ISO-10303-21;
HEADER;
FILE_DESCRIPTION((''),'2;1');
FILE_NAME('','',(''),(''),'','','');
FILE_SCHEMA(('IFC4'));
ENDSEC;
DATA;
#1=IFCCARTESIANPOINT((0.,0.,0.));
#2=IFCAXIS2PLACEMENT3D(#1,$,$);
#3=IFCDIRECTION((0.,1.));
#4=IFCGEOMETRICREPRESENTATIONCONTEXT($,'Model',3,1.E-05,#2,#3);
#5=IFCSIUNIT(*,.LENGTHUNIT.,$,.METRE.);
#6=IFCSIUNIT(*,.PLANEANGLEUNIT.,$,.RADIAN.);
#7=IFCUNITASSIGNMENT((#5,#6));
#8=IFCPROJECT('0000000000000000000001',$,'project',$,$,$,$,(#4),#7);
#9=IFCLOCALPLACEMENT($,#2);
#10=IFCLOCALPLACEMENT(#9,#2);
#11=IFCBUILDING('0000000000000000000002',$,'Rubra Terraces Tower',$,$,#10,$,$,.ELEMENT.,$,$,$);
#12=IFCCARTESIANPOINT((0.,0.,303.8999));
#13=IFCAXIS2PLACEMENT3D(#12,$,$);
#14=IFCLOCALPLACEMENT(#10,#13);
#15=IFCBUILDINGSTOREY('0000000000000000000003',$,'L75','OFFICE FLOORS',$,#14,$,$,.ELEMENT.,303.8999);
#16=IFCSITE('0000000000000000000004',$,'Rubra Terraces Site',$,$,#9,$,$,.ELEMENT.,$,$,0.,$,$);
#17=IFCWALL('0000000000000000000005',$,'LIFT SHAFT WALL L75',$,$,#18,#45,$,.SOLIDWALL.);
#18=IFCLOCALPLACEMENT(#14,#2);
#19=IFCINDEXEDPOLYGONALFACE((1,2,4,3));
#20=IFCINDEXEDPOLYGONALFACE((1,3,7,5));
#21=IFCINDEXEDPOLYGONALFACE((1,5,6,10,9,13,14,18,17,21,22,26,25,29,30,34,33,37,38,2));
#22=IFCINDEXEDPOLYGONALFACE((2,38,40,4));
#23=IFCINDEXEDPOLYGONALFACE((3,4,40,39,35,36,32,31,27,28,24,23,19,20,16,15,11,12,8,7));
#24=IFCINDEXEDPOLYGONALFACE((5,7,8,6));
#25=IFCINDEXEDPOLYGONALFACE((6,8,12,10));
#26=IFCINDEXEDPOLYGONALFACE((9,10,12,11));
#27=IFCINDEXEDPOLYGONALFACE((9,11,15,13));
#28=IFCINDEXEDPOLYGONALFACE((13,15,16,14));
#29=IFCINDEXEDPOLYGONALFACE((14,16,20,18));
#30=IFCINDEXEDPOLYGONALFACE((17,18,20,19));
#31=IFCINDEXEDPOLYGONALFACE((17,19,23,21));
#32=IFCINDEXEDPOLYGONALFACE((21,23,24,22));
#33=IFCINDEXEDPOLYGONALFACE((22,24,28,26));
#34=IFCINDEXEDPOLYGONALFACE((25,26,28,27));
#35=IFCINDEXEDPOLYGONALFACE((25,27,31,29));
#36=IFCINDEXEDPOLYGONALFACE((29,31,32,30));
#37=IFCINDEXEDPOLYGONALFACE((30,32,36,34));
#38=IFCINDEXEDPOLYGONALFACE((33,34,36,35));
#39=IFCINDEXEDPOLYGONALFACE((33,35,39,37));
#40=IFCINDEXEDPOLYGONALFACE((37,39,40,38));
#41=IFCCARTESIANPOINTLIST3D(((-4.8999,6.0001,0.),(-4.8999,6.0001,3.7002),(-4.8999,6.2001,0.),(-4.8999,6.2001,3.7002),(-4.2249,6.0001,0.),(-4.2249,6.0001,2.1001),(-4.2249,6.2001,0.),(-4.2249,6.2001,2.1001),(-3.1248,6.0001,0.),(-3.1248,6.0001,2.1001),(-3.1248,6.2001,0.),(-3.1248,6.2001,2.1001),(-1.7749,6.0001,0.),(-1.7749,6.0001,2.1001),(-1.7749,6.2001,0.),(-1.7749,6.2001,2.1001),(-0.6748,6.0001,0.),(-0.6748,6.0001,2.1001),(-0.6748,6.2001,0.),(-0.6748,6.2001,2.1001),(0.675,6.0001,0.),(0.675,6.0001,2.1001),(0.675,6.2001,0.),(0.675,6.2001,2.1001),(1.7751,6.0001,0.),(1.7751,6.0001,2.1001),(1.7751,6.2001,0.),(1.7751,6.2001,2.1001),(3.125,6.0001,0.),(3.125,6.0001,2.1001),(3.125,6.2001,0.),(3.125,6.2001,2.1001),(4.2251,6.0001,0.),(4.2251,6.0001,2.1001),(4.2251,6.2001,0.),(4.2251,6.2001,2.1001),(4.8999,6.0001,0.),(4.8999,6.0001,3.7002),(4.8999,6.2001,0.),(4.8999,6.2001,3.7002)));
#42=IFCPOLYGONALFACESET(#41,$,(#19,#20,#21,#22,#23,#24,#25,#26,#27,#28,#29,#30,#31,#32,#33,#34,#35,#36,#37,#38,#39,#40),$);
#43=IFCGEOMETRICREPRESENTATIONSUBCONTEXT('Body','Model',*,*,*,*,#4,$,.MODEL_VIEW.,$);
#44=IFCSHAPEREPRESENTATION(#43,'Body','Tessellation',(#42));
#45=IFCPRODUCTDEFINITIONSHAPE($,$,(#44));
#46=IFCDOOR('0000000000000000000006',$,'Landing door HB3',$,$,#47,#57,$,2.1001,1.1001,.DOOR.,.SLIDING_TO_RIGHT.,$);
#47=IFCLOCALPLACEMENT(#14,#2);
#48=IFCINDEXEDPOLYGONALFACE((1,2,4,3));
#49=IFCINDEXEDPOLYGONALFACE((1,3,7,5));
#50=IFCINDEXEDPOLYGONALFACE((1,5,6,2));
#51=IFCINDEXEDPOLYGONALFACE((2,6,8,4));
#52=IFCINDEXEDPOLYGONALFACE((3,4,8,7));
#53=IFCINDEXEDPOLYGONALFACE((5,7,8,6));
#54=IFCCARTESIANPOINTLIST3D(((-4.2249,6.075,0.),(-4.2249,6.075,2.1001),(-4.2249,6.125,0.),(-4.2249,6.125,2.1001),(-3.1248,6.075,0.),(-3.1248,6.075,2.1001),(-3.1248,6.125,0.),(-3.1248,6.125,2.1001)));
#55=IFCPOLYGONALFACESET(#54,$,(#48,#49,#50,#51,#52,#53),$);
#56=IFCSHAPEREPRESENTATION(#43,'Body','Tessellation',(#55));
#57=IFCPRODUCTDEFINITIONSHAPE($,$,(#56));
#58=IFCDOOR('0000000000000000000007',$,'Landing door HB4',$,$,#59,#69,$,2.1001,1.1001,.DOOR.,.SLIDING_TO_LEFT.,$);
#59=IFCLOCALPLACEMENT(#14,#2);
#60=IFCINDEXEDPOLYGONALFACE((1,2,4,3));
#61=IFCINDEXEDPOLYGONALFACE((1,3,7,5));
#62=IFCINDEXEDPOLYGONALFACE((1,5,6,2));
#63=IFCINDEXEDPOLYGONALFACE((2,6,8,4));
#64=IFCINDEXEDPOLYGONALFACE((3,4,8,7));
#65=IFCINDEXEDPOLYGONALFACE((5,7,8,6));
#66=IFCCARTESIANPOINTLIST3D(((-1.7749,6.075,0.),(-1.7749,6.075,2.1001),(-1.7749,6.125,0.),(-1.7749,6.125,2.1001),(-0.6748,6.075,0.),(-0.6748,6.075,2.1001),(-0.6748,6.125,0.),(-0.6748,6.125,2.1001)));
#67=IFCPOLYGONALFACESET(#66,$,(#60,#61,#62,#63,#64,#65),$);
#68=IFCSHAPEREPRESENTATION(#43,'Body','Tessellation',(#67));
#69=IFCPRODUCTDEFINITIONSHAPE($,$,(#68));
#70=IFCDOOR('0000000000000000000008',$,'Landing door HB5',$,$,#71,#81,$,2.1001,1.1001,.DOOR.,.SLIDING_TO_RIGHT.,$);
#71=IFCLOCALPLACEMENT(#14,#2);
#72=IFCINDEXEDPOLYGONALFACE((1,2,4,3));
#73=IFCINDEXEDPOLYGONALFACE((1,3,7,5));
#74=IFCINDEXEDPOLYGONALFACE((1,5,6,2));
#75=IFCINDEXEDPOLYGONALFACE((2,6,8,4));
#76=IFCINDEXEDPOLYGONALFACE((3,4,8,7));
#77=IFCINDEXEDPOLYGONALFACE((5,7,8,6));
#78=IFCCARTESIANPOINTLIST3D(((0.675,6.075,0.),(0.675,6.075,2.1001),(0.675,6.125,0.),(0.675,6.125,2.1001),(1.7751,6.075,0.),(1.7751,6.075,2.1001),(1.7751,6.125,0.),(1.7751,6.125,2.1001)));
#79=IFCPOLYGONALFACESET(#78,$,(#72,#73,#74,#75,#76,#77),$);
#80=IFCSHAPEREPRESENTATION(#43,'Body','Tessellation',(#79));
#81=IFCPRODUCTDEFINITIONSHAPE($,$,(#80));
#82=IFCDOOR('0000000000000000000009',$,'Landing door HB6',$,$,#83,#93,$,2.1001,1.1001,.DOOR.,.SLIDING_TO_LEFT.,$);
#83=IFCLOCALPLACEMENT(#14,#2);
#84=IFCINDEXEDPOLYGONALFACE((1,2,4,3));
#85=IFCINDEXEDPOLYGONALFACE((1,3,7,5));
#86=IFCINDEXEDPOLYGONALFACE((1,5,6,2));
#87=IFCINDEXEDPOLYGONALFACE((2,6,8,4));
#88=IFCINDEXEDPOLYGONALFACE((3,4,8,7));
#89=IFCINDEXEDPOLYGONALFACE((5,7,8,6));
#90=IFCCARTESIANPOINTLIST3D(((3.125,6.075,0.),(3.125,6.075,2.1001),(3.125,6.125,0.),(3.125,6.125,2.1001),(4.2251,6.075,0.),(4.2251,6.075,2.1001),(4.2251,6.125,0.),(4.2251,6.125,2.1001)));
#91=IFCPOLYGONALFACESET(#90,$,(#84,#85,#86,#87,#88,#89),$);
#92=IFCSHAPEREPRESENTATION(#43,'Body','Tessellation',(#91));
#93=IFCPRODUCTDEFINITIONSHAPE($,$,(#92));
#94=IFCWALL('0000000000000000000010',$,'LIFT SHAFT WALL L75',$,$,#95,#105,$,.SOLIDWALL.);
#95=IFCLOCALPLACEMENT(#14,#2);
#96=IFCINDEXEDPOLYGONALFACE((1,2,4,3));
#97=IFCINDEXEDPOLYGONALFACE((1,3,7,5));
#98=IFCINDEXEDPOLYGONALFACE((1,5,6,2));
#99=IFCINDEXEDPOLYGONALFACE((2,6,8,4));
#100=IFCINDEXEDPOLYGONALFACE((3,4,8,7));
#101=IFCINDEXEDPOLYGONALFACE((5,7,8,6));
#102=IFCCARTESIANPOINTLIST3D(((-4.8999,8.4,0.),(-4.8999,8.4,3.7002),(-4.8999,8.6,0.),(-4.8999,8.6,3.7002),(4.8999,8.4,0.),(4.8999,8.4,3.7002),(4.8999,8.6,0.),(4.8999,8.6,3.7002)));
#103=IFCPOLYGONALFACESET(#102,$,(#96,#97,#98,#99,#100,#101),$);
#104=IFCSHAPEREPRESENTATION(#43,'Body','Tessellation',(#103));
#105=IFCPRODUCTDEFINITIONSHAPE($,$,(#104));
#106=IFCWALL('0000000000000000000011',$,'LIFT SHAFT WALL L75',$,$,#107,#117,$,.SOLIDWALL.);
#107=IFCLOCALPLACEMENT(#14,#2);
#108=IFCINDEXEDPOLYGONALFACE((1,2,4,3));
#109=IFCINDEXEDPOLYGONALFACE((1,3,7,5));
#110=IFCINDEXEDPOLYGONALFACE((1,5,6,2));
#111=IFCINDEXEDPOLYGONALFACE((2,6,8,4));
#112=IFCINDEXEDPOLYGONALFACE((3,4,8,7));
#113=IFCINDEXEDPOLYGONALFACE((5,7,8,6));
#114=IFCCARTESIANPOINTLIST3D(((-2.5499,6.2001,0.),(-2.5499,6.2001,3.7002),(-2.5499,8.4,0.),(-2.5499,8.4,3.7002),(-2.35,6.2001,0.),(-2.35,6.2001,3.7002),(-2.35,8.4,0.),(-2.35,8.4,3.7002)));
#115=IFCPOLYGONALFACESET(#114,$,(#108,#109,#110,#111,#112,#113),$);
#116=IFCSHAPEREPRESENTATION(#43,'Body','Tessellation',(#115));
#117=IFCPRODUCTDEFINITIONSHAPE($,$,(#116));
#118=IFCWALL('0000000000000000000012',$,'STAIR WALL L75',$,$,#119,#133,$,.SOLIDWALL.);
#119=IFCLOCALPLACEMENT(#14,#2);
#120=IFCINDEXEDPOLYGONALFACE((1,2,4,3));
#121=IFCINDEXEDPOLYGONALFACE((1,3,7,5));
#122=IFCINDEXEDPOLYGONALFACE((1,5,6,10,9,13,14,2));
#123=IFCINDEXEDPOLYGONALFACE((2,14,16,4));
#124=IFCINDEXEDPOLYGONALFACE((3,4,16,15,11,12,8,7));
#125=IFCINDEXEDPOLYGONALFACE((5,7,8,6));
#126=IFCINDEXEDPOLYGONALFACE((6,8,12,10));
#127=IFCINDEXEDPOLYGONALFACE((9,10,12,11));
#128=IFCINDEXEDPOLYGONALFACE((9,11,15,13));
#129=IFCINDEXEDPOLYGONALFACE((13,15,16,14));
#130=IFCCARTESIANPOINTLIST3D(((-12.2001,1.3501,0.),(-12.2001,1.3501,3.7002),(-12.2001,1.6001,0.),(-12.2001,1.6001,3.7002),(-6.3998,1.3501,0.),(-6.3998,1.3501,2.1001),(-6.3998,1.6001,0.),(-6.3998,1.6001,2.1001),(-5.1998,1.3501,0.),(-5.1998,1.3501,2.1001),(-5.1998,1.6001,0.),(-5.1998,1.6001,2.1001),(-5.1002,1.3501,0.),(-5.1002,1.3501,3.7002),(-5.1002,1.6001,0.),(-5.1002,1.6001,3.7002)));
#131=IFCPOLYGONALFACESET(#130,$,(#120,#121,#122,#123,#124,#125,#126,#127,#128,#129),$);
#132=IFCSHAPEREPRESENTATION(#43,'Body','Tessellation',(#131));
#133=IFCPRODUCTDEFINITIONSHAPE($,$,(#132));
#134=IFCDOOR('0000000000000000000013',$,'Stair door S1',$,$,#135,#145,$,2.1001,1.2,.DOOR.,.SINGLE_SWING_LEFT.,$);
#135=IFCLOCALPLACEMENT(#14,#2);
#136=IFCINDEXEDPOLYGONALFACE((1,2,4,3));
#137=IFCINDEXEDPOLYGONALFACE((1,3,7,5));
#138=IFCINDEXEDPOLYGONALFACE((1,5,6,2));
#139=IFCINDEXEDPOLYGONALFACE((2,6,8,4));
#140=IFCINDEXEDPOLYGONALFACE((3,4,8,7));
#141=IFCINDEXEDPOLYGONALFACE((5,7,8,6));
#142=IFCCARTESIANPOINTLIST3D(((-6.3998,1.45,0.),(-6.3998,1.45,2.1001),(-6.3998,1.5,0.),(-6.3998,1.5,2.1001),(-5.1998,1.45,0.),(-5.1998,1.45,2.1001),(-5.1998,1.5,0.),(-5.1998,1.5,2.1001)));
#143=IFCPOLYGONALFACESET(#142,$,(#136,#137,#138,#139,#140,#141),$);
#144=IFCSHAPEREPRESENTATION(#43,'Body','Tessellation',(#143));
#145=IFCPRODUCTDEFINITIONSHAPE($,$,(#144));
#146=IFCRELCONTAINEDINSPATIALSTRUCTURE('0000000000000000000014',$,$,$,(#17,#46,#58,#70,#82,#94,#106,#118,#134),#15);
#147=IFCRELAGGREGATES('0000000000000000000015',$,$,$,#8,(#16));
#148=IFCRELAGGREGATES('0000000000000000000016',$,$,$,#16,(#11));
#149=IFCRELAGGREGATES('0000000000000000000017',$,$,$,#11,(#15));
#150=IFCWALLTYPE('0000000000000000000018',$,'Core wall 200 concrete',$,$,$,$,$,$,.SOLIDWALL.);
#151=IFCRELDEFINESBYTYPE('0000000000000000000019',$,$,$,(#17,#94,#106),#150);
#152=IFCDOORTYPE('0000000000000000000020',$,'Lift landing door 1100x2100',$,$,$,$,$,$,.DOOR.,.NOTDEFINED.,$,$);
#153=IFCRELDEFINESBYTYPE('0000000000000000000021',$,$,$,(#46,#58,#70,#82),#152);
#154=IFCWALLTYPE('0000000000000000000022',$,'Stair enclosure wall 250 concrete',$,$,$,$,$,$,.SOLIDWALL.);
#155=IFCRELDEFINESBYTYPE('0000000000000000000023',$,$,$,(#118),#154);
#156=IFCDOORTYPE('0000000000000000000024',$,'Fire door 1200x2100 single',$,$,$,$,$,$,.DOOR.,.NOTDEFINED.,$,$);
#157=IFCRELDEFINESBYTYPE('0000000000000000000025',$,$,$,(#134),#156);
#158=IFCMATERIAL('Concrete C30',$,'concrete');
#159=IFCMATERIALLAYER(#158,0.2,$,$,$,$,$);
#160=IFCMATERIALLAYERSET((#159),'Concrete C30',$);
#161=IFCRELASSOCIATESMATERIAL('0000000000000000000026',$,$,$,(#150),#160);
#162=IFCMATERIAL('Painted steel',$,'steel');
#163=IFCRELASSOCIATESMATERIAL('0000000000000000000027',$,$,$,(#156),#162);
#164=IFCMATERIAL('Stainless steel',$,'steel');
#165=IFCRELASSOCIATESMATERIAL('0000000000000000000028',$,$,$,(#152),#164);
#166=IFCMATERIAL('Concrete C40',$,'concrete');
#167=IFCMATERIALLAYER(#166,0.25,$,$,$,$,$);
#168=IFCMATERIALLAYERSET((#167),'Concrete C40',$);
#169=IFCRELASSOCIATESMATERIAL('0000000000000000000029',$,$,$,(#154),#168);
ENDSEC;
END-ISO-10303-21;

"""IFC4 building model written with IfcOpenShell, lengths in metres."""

from ifc_helpers import new_model, si_unit, direction, frame, frame_2d, origin, place, context, subcontext, project, spatial, rectangle, extrude, material, layer, layer_set, type_object, element, fill, save


model = new_model("IFC4")

# Units and contexts
model_context = context("Model", 3, precision=1e-05, world=origin(), true_north=direction((0.0, 1.0)))
body_context = subcontext(model_context, "Body", "Model", "MODEL_VIEW")
ifc_project = project(units=[si_unit("LENGTHUNIT", "METRE"), si_unit("PLANEANGLEUNIT", "RADIAN")], contexts=[model_context])

# Site, building, storey
site_placement = place(None, origin())
site = spatial("IfcSite", under=ifc_project, at=site_placement, Name="Rubra Terraces Site", CompositionType="ELEMENT", RefElevation=0.0)
building_placement = place(site_placement, origin())
building = spatial("IfcBuilding", under=site, at=building_placement, Name="Rubra Terraces Tower", CompositionType="ELEMENT")
storey_placement = place(building_placement, frame((0.0, 0.0, 303.8999)))
storey = spatial("IfcBuildingStorey", under=building, at=storey_placement, Name="L75", Description="OFFICE FLOORS", CompositionType="ELEMENT", Elevation=303.8999)

# Shared definitions
ifc_material_1 = material(Name="Concrete C40", Category="concrete")

# Shared definitions
ifc_material_2 = material(Name="Concrete C30", Category="concrete")
ifc_layer_1 = layer(ifc_material_2, 0.2)
ifc_layer_set_1 = layer_set([ifc_layer_1], Name="Concrete C30")
wall_type_1 = type_object("IfcWallType", Name="Core wall 200 concrete", PredefinedType="SOLIDWALL", material=ifc_layer_set_1)
ifc_material_3 = material(Name="Painted steel", Category="steel")
door_type_1 = type_object("IfcDoorType", Name="Fire door 1200x2100 single", OperationType="NOTDEFINED", PredefinedType="DOOR", material=ifc_material_3)
ifc_material_4 = material(Name="Stainless steel", Category="steel")

# Wall, openings, doors
door_type_2 = type_object("IfcDoorType", Name="Lift landing door 1100x2100", OperationType="NOTDEFINED", PredefinedType="DOOR", material=ifc_material_4)
wall_1_placement = place(storey_placement, frame((-4.8999, 6.1001, 0.0), z_axis=(0.0, 0.0, 1.0), x_axis=(1.0, 0.0, 0.0)))
wall_1 = element("IfcWall", 1, at=wall_1_placement, inside=storey, type_object=wall_type_1, Name="LIFT SHAFT WALL L75", PredefinedType="SOLIDWALL", context=body_context, shape_type="SweptSolid", body=[
    extrude(rectangle(XDim=9.7998, YDim=0.2, at=frame_2d((4.8999, 0.0))), origin(), (0.0, 0.0, 1.0), 3.7002),
])
opening_1_placement = place(wall_1_placement, frame((0.675, 0.0, 0.0)))
opening_1 = element("IfcOpeningElement", 2, at=opening_1_placement, cuts=wall_1, PredefinedType="OPENING", context=body_context, shape_type="SweptSolid", body=[
    extrude(rectangle(XDim=1.1001, YDim=2.1001, at=frame_2d((0.55, 1.05))), frame((0.0, 0.1099, 0.0), z_axis=(0.0, -1.0, 0.0), x_axis=(1.0, 0.0, 0.0)), (0.0, 0.0, 1.0), 0.22),
])
opening_2_placement = place(wall_1_placement, frame((3.125, 0.0, 0.0)))
opening_2 = element("IfcOpeningElement", 3, at=opening_2_placement, cuts=wall_1, PredefinedType="OPENING", context=body_context, shape_type="SweptSolid", body=[
    extrude(rectangle(XDim=1.1001, YDim=2.1001, at=frame_2d((0.55, 1.05))), frame((0.0, 0.1099, 0.0), z_axis=(0.0, -1.0, 0.0), x_axis=(1.0, 0.0, 0.0)), (0.0, 0.0, 1.0), 0.22),
])
opening_3_placement = place(wall_1_placement, frame((5.575, 0.0, 0.0)))
opening_3 = element("IfcOpeningElement", 4, at=opening_3_placement, cuts=wall_1, PredefinedType="OPENING", context=body_context, shape_type="SweptSolid", body=[
    extrude(rectangle(XDim=1.1001, YDim=2.1001, at=frame_2d((0.55, 1.05))), frame((0.0, 0.1099, 0.0), z_axis=(0.0, -1.0, 0.0), x_axis=(1.0, 0.0, 0.0)), (0.0, 0.0, 1.0), 0.22),
])
opening_4_placement = place(wall_1_placement, frame((8.0249, 0.0, 0.0)))
opening_4 = element("IfcOpeningElement", 5, at=opening_4_placement, cuts=wall_1, PredefinedType="OPENING", context=body_context, shape_type="SweptSolid", body=[
    extrude(rectangle(XDim=1.1001, YDim=2.1001, at=frame_2d((0.55, 1.05))), frame((0.0, 0.1099, 0.0), z_axis=(0.0, -1.0, 0.0), x_axis=(1.0, 0.0, 0.0)), (0.0, 0.0, 1.0), 0.22),
])
door_1_placement = place(opening_1_placement, origin())
door_1 = element("IfcDoor", 6, at=door_1_placement, inside=storey, type_object=door_type_2, Name="Landing door HB3", OperationType="SLIDING_TO_RIGHT", OverallHeight=2.1001, OverallWidth=1.1001, PredefinedType="DOOR", context=body_context, shape_type="SweptSolid", body=[
    extrude(rectangle(XDim=1.1001, YDim=2.1001, at=frame_2d((0.55, 1.05))), frame((0.0, 0.0249, 0.0), z_axis=(0.0, -1.0, 0.0), x_axis=(1.0, 0.0, 0.0)), (0.0, 0.0, 1.0), 0.05),
])
fill(opening_1, door_1)
door_2_placement = place(opening_2_placement, origin())
door_2 = element("IfcDoor", 7, at=door_2_placement, inside=storey, type_object=door_type_2, Name="Landing door HB4", OperationType="SLIDING_TO_LEFT", OverallHeight=2.1001, OverallWidth=1.1001, PredefinedType="DOOR", context=body_context, shape_type="SweptSolid", body=[
    extrude(rectangle(XDim=1.1001, YDim=2.1001, at=frame_2d((0.55, 1.05))), frame((0.0, 0.0249, 0.0), z_axis=(0.0, -1.0, 0.0), x_axis=(1.0, 0.0, 0.0)), (0.0, 0.0, 1.0), 0.05),
])
fill(opening_2, door_2)
door_3_placement = place(opening_3_placement, origin())
door_3 = element("IfcDoor", 8, at=door_3_placement, inside=storey, type_object=door_type_2, Name="Landing door HB5", OperationType="SLIDING_TO_RIGHT", OverallHeight=2.1001, OverallWidth=1.1001, PredefinedType="DOOR", context=body_context, shape_type="SweptSolid", body=[
    extrude(rectangle(XDim=1.1001, YDim=2.1001, at=frame_2d((0.55, 1.05))), frame((0.0, 0.0249, 0.0), z_axis=(0.0, -1.0, 0.0), x_axis=(1.0, 0.0, 0.0)), (0.0, 0.0, 1.0), 0.05),
])
fill(opening_3, door_3)
door_4_placement = place(opening_4_placement, origin())
door_4 = element("IfcDoor", 9, at=door_4_placement, inside=storey, type_object=door_type_2, Name="Landing door HB6", OperationType="SLIDING_TO_LEFT", OverallHeight=2.1001, OverallWidth=1.1001, PredefinedType="DOOR", context=body_context, shape_type="SweptSolid", body=[
    extrude(rectangle(XDim=1.1001, YDim=2.1001, at=frame_2d((0.55, 1.05))), frame((0.0, 0.0249, 0.0), z_axis=(0.0, -1.0, 0.0), x_axis=(1.0, 0.0, 0.0)), (0.0, 0.0, 1.0), 0.05),
])
fill(opening_4, door_4)

# Walls
wall_2_placement = place(storey_placement, frame((-4.8999, 8.5, 0.0), z_axis=(0.0, 0.0, 1.0), x_axis=(1.0, 0.0, 0.0)))
element("IfcWall", 10, at=wall_2_placement, inside=storey, type_object=wall_type_1, Name="LIFT SHAFT WALL L75", PredefinedType="SOLIDWALL", context=body_context, shape_type="SweptSolid", body=[
    extrude(rectangle(XDim=9.7998, YDim=0.2, at=frame_2d((4.8999, 0.0))), origin(), (0.0, 0.0, 1.0), 3.7002),
])
wall_3_placement = place(storey_placement, frame((-2.45, 6.2, 0.0), z_axis=(0.0, 0.0, 1.0), x_axis=(0.0, 1.0, 0.0)))
element("IfcWall", 11, at=wall_3_placement, inside=storey, type_object=wall_type_1, Name="LIFT SHAFT WALL L75", PredefinedType="SOLIDWALL", context=body_context, shape_type="SweptSolid", body=[
    extrude(rectangle(XDim=2.2, YDim=0.2, at=frame_2d((1.1001, 0.0))), origin(), (0.0, 0.0, 1.0), 3.7002),
])

# Wall, opening, door
ifc_layer_2 = layer(ifc_material_1, 0.25)
ifc_layer_set_2 = layer_set([ifc_layer_2], Name="Concrete C40")
wall_type_2 = type_object("IfcWallType", Name="Stair enclosure wall 250 concrete", PredefinedType="SOLIDWALL", material=ifc_layer_set_2)
wall_4_placement = place(storey_placement, frame((-12.2, 1.4751, 0.0), z_axis=(0.0, 0.0, 1.0), x_axis=(1.0, 0.0, 0.0)))
wall_4 = element("IfcWall", 12, at=wall_4_placement, inside=storey, type_object=wall_type_2, Name="STAIR WALL L75", PredefinedType="SOLIDWALL", context=body_context, shape_type="SweptSolid", body=[
    extrude(rectangle(XDim=7.0999, YDim=0.25, at=frame_2d((3.5498, 0.0))), origin(), (0.0, 0.0, 1.0), 3.7002),
])
opening_5_placement = place(wall_4_placement, frame((5.8, 0.0, 0.0)))
opening_5 = element("IfcOpeningElement", 13, at=opening_5_placement, cuts=wall_4, PredefinedType="OPENING", context=body_context, shape_type="SweptSolid", body=[
    extrude(rectangle(XDim=1.2, YDim=2.1001, at=frame_2d((0.6001, 1.05))), frame((0.0, 0.135, 0.0), z_axis=(0.0, -1.0, 0.0), x_axis=(1.0, 0.0, 0.0)), (0.0, 0.0, 1.0), 0.27),
])
door_5_placement = place(opening_5_placement, origin())
door_5 = element("IfcDoor", 14, at=door_5_placement, inside=storey, type_object=door_type_1, Name="Stair door S1", OperationType="SINGLE_SWING_LEFT", OverallHeight=2.1001, OverallWidth=1.2, PredefinedType="DOOR", context=body_context, shape_type="SweptSolid", body=[
    extrude(rectangle(XDim=1.2, YDim=2.1001, at=frame_2d((0.6001, 1.05))), frame((0.0, 0.0249, 0.0), z_axis=(0.0, -1.0, 0.0), x_axis=(1.0, 0.0, 0.0)), (0.0, 0.0, 1.0), 0.05),
])
fill(opening_5, door_5)

save(model, "model.ifc")
